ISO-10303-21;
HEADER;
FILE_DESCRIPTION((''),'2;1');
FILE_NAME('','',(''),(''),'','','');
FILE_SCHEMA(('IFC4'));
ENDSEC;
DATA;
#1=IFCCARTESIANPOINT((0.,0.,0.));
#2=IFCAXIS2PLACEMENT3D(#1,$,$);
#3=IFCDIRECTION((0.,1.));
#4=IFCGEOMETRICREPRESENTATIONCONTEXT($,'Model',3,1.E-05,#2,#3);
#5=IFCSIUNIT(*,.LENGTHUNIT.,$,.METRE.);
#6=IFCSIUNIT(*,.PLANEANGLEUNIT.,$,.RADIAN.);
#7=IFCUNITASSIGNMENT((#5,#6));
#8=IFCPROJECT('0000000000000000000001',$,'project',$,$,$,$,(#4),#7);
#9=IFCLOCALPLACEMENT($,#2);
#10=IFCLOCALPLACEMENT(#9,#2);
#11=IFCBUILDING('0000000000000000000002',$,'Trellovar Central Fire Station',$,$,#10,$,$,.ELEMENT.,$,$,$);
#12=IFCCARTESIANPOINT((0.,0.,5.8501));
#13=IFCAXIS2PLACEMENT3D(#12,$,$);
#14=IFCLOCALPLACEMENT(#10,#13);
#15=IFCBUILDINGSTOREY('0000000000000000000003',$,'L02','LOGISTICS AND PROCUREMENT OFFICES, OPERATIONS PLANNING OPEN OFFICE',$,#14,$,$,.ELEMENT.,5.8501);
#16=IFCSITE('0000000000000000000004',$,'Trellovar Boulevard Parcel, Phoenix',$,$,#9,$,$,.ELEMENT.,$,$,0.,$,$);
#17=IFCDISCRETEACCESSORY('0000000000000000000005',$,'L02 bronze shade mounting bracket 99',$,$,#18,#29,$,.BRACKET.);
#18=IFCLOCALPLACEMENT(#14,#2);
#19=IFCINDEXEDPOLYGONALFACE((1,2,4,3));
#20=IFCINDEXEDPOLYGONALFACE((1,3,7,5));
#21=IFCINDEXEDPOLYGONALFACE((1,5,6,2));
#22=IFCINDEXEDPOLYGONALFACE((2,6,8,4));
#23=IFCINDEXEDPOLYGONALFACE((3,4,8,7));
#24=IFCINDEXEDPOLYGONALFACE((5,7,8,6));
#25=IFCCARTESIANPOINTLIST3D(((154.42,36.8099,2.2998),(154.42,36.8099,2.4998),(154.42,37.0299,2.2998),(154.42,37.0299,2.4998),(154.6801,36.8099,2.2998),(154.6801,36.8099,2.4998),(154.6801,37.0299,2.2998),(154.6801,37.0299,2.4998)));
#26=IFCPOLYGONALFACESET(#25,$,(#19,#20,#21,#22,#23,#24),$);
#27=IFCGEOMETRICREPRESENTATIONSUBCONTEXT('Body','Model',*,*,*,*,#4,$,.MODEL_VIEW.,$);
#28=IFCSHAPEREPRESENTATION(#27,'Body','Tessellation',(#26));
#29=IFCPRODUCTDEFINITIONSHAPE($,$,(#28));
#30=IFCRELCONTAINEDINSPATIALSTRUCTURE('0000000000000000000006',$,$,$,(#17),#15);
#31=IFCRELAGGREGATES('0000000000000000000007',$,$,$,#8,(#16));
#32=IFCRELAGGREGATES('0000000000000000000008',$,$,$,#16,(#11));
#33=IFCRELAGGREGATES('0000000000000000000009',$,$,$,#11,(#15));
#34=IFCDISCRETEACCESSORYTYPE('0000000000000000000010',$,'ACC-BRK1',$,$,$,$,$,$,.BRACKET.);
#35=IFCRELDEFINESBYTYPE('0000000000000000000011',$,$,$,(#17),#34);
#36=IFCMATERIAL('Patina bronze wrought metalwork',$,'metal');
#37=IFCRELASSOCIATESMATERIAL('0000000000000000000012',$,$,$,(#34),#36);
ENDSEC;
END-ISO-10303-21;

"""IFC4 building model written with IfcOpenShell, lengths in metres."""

from ifc_helpers import new_model, si_unit, direction, frame, origin, origin_2d, place, context, subcontext, project, spatial, rectangle, extrude, material, type_object, element, save


model = new_model("IFC4")

# Units and contexts
model_context = context("Model", 3, precision=1e-05, world=origin(), true_north=direction((0.0, 1.0)))
body_context = subcontext(model_context, "Body", "Model", "MODEL_VIEW")
ifc_project = project(units=[si_unit("LENGTHUNIT", "METRE"), si_unit("PLANEANGLEUNIT", "RADIAN")], contexts=[model_context])

# Site, building, storey
site_placement = place(None, origin())
site = spatial("IfcSite", under=ifc_project, at=site_placement, Name="Trellovar Boulevard Parcel, Phoenix", CompositionType="ELEMENT", RefElevation=0.0)
building_placement = place(site_placement, origin())
building = spatial("IfcBuilding", under=site, at=building_placement, Name="Trellovar Central Fire Station", CompositionType="ELEMENT")
storey_placement = place(building_placement, frame((0.0, 0.0, 5.8501)))
storey = spatial("IfcBuildingStorey", under=building, at=storey_placement, Name="L02", Description="LOGISTICS AND PROCUREMENT OFFICES, OPERATIONS PLANNING OPEN OFFICE", CompositionType="ELEMENT", Elevation=5.8501)

# Discrete accessory
ifc_material_1 = material(Name="Patina bronze wrought metalwork", Category="metal")
discrete_accessory_type = type_object("IfcDiscreteAccessoryType", Name="ACC-BRK1", PredefinedType="BRACKET", material=ifc_material_1)
discrete_accessory_placement = place(storey_placement, frame((154.55, 36.9199, 2.2998), z_axis=(0.0, 0.0, 1.0), x_axis=(1.0, 0.0, 0.0)))
element("IfcDiscreteAccessory", 1, at=discrete_accessory_placement, inside=storey, type_object=discrete_accessory_type, Name="L02 bronze shade mounting bracket 99", PredefinedType="BRACKET", context=body_context, shape_type="SweptSolid", body=[
    extrude(rectangle(XDim=0.26, YDim=0.22, at=origin_2d()), origin(), (0.0, 0.0, 1.0), 0.2),
])

save(model, "model.ifc")
